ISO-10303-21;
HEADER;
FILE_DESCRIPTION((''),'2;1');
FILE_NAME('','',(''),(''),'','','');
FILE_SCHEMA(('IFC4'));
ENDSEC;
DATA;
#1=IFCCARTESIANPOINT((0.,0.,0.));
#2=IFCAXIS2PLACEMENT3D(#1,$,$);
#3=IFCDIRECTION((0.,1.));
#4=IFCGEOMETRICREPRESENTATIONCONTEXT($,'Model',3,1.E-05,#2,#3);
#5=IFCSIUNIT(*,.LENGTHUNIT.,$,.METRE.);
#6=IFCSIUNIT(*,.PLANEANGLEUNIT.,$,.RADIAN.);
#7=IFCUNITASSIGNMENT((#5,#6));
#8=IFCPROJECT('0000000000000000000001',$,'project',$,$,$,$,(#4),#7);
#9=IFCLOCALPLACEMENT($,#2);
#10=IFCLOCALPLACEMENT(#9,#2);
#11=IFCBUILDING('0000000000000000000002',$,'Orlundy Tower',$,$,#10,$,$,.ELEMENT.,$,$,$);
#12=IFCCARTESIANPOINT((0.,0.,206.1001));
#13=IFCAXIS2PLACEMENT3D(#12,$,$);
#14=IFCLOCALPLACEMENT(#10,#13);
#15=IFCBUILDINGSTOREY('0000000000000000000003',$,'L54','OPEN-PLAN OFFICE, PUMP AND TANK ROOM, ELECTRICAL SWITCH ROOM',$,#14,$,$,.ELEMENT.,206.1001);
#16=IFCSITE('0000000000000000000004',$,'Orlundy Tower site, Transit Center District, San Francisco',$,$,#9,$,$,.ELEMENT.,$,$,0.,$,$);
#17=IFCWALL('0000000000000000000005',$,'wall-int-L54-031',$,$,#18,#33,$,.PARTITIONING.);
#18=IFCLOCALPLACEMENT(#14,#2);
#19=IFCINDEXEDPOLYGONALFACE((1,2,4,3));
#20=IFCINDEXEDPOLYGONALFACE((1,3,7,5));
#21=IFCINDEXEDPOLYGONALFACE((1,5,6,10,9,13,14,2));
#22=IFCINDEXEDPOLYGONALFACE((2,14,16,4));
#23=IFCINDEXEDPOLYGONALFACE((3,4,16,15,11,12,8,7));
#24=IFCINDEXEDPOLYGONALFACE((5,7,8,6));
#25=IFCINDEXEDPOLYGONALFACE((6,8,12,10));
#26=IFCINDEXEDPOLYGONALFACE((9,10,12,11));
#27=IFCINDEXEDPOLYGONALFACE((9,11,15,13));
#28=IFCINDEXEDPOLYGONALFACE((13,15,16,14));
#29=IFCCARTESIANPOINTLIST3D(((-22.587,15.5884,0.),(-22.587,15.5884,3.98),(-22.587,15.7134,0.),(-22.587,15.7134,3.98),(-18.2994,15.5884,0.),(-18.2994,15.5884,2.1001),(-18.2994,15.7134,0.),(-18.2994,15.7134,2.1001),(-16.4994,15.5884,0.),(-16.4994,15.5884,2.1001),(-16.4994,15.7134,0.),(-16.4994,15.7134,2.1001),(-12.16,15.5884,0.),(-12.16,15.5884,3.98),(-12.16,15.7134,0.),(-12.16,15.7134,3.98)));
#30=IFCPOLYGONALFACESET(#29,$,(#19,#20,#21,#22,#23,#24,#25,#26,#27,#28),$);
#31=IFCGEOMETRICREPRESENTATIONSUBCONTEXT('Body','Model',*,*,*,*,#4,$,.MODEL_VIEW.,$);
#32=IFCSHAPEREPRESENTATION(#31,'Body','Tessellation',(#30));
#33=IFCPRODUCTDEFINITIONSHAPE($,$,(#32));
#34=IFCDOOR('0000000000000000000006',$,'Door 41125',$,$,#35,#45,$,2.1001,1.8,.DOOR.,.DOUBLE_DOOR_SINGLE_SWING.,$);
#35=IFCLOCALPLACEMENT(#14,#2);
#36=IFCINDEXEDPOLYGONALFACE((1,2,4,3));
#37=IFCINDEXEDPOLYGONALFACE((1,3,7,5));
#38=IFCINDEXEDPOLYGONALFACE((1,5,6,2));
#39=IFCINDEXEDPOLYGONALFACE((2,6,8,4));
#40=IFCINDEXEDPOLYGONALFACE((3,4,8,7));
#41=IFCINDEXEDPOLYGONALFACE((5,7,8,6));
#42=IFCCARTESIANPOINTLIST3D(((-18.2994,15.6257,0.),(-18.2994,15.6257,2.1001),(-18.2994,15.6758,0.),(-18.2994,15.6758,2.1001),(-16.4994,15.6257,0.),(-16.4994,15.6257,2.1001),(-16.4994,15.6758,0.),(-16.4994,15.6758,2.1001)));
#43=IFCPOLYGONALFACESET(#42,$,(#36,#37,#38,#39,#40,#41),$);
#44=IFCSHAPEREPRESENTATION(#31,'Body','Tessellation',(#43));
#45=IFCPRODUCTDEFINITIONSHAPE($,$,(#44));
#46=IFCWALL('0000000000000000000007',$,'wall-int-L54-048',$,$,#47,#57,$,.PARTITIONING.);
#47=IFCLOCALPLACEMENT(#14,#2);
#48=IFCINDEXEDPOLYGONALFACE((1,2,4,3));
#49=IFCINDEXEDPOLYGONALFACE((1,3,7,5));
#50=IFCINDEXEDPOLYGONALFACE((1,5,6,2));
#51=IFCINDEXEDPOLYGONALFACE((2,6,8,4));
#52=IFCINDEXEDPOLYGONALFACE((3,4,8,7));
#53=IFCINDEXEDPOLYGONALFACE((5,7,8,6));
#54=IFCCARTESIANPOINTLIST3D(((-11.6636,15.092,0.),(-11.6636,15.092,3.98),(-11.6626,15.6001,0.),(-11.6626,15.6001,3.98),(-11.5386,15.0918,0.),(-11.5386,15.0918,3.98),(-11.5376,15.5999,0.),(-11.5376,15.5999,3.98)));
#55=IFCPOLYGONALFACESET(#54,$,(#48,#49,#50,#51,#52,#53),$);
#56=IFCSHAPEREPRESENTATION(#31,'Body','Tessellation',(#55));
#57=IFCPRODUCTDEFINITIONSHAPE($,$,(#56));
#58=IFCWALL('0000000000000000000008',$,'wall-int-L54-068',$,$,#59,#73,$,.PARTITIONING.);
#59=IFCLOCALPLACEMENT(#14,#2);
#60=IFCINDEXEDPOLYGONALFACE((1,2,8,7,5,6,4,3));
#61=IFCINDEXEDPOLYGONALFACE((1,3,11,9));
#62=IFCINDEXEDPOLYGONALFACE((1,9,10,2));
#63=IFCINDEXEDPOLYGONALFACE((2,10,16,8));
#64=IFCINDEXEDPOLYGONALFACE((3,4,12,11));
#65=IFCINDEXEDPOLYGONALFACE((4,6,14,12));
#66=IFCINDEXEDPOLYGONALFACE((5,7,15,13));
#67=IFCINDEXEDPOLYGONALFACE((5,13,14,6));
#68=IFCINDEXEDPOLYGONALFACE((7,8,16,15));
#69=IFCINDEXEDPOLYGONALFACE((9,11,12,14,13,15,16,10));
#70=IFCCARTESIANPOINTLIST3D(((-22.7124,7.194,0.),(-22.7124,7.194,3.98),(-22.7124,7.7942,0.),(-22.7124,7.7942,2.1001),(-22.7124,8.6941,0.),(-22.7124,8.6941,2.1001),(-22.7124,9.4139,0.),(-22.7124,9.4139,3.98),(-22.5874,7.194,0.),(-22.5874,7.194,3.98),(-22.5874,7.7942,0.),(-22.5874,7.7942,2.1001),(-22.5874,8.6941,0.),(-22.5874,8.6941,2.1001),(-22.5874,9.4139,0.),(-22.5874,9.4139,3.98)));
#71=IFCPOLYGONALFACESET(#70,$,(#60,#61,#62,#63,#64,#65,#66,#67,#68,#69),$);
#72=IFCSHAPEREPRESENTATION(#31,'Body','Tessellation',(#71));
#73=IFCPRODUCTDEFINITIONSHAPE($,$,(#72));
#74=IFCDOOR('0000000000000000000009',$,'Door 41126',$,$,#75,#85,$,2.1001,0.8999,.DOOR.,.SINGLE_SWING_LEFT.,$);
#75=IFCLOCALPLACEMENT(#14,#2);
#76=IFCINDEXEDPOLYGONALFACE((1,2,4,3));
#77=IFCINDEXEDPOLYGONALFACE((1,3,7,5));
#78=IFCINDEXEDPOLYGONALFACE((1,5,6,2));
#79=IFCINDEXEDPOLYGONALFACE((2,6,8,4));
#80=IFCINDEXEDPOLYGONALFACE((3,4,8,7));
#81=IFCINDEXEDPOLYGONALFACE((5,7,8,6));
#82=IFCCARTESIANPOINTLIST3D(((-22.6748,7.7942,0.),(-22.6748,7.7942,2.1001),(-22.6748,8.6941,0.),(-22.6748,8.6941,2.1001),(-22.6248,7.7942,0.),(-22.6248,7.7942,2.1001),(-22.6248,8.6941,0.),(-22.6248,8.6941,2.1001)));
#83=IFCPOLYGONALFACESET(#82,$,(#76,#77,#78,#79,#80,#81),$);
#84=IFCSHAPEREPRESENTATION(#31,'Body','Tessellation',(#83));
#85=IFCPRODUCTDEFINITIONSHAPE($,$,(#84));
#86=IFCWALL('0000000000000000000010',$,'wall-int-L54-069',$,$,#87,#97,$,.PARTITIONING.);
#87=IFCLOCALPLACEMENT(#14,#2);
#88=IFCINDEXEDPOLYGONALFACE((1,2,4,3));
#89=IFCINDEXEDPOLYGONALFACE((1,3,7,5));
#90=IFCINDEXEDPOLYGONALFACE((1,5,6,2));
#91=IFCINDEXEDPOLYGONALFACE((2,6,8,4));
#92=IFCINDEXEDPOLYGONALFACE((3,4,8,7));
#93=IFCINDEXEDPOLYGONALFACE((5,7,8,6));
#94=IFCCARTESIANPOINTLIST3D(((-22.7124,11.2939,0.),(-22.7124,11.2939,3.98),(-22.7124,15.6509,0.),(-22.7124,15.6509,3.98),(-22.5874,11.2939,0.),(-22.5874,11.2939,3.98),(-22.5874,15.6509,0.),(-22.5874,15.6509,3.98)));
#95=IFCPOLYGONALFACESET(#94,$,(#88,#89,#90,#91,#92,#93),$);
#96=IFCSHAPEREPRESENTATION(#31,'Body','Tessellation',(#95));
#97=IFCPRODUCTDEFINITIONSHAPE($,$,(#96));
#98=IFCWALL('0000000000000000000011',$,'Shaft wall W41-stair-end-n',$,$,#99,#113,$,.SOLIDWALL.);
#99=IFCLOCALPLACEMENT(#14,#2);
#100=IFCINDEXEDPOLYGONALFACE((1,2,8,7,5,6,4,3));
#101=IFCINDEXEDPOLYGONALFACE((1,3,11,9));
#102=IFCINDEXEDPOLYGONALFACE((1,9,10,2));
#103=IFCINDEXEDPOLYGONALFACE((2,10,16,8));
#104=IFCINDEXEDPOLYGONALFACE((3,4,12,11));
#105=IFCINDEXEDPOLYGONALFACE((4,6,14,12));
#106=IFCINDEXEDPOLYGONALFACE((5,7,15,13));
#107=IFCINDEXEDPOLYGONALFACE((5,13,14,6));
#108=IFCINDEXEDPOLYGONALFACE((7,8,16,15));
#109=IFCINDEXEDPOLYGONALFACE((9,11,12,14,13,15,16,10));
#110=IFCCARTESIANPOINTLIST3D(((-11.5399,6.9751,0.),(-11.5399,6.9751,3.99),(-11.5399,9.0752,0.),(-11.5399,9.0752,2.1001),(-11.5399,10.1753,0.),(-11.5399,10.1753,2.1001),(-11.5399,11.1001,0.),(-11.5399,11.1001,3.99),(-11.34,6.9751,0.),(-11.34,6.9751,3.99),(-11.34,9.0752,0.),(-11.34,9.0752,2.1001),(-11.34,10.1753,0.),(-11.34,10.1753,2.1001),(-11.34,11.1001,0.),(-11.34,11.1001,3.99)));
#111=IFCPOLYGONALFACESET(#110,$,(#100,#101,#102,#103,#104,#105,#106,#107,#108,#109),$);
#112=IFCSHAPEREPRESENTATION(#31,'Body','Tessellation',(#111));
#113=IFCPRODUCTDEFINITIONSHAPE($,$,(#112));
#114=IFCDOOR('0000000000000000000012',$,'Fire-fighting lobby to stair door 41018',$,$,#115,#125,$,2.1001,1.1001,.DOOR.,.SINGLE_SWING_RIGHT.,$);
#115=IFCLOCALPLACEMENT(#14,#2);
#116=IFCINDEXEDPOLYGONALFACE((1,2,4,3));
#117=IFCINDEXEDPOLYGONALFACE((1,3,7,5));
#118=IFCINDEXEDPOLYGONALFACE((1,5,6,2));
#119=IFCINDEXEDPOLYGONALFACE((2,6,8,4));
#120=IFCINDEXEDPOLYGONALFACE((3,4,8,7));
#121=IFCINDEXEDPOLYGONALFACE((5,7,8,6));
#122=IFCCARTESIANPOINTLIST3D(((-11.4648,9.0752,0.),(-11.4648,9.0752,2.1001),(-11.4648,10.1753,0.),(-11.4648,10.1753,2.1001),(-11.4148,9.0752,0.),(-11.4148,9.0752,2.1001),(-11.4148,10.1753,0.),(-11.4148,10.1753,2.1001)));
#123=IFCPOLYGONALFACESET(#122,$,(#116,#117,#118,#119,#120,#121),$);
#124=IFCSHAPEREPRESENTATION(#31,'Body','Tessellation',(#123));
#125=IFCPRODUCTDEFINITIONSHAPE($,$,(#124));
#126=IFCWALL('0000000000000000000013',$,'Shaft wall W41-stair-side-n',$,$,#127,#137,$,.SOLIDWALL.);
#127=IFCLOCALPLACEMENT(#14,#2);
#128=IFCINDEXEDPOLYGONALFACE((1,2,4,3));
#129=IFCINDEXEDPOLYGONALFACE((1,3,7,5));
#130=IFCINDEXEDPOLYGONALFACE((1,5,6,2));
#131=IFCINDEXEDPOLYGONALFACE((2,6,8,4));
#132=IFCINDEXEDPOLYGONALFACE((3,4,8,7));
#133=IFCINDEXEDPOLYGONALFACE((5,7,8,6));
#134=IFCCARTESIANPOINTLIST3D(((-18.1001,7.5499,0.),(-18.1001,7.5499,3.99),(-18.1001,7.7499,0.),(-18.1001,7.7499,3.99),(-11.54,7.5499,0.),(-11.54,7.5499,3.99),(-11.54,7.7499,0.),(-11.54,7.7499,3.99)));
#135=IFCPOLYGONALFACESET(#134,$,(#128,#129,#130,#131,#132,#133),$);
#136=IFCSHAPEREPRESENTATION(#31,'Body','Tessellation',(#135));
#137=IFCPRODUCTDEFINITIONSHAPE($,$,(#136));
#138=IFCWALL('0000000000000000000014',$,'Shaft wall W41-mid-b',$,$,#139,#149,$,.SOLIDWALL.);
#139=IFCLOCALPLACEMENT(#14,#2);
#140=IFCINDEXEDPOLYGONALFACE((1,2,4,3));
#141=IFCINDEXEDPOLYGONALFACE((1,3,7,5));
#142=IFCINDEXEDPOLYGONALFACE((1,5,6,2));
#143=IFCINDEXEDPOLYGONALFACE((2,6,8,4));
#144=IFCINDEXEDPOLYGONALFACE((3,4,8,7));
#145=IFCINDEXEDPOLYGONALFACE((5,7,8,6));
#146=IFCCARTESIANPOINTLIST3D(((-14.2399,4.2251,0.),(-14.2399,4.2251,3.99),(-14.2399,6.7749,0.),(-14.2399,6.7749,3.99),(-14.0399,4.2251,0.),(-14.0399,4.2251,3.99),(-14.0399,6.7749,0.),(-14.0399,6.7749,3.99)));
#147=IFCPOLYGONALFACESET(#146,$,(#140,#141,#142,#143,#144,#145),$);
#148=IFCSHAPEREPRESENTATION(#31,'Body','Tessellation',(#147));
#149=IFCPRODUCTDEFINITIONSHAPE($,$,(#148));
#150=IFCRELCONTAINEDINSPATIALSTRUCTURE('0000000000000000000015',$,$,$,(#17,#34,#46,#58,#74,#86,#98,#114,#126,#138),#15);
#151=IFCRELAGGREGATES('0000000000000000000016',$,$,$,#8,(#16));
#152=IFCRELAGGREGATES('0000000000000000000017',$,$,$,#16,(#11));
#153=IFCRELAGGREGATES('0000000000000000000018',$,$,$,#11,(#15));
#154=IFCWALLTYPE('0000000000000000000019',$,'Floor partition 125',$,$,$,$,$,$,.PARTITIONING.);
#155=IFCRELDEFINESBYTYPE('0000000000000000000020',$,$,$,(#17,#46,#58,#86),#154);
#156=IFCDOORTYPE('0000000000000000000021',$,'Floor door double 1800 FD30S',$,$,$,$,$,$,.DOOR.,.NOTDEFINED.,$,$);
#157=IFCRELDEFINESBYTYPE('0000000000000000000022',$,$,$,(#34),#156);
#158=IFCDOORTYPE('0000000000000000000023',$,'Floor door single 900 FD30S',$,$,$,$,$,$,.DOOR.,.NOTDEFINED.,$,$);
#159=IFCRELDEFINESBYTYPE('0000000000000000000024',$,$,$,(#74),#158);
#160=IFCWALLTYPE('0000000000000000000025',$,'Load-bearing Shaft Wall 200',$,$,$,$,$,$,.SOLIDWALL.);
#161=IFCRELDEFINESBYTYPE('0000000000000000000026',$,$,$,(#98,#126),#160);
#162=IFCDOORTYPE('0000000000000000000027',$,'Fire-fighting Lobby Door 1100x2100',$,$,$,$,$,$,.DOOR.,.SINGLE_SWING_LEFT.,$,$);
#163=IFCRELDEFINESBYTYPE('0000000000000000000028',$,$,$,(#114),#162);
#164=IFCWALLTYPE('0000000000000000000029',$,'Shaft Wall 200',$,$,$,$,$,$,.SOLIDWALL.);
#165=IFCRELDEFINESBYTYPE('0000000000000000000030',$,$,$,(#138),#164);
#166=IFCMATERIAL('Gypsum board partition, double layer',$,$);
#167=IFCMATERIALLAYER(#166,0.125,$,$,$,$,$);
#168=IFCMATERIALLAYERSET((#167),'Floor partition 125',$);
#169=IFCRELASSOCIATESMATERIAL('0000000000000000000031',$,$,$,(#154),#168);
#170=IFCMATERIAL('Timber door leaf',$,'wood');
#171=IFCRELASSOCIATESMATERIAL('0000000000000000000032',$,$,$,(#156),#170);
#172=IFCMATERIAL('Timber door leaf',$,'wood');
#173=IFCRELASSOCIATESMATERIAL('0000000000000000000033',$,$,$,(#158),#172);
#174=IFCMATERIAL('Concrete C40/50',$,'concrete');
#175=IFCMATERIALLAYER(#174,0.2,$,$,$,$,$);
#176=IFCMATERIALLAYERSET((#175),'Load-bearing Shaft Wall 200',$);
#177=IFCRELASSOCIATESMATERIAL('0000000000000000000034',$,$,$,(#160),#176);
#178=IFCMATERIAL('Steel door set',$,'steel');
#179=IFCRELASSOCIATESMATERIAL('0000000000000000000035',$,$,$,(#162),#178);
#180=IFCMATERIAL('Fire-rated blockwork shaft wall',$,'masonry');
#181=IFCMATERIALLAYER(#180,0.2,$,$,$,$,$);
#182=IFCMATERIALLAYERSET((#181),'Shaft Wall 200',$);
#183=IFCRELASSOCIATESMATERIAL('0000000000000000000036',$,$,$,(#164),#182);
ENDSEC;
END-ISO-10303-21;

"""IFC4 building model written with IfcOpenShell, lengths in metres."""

from ifc_helpers import new_model, si_unit, direction, frame, frame_2d, origin, place, context, subcontext, project, spatial, rectangle, extrude, material, layer, layer_set, type_object, element, fill, save


model = new_model("IFC4")

# Units and contexts
model_context = context("Model", 3, precision=1e-05, world=origin(), true_north=direction((0.0, 1.0)))
body_context = subcontext(model_context, "Body", "Model", "MODEL_VIEW")
ifc_project = project(units=[si_unit("LENGTHUNIT", "METRE"), si_unit("PLANEANGLEUNIT", "RADIAN")], contexts=[model_context])

# Site, building, storey
site_placement = place(None, origin())
site = spatial("IfcSite", under=ifc_project, at=site_placement, Name="Orlundy Tower site, Transit Center District, San Francisco", CompositionType="ELEMENT", RefElevation=0.0)
building_placement = place(site_placement, origin())
building = spatial("IfcBuilding", under=site, at=building_placement, Name="Orlundy Tower", CompositionType="ELEMENT")
storey_placement = place(building_placement, frame((0.0, 0.0, 206.1001)))
storey = spatial("IfcBuildingStorey", under=building, at=storey_placement, Name="L54", Description="OPEN-PLAN OFFICE, PUMP AND TANK ROOM, ELECTRICAL SWITCH ROOM", CompositionType="ELEMENT", Elevation=206.1001)

# Shared definitions
ifc_material_1 = material(Name="Gypsum board partition, double layer")
ifc_layer_1 = layer(ifc_material_1, 0.125)
ifc_layer_set_1 = layer_set([ifc_layer_1], Name="Floor partition 125")
wall_type_1 = type_object("IfcWallType", Name="Floor partition 125", PredefinedType="PARTITIONING", material=ifc_layer_set_1)

# Shared definitions
ifc_material_2 = material(Name="Timber door leaf", Category="wood")
door_type_1 = type_object("IfcDoorType", Name="Floor door double 1800 FD30S", OperationType="NOTDEFINED", PredefinedType="DOOR", material=ifc_material_2)

# Wall, opening, door
wall_1_placement = place(storey_placement, frame((-22.5869, 15.6509, 0.0), z_axis=(0.0, 0.0, 1.0), x_axis=(1.0, 0.0, 0.0)))
wall_1 = element("IfcWall", 1, at=wall_1_placement, inside=storey, type_object=wall_type_1, Name="wall-int-L54-031", PredefinedType="PARTITIONING", context=body_context, shape_type="SweptSolid", body=[
    extrude(rectangle(XDim=10.427, YDim=0.125, at=frame_2d((5.2134, 0.0))), origin(), (0.0, 0.0, 1.0), 3.98),
])
opening_1_placement = place(wall_1_placement, frame((4.2876, 0.0, 0.0)))
opening_1 = element("IfcOpeningElement", 2, at=opening_1_placement, cuts=wall_1, PredefinedType="OPENING", context=body_context, shape_type="SweptSolid", body=[
    extrude(rectangle(XDim=1.8, YDim=2.1001, at=frame_2d((0.8999, 1.05))), frame((0.0, 0.0725, 0.0), z_axis=(0.0, -1.0, 0.0), x_axis=(1.0, 0.0, 0.0)), (0.0, 0.0, 1.0), 0.145),
])
door_1_placement = place(opening_1_placement, origin())
door_1 = element("IfcDoor", 3, at=door_1_placement, inside=storey, type_object=door_type_1, Name="Door 41125", OperationType="DOUBLE_DOOR_SINGLE_SWING", OverallHeight=2.1001, OverallWidth=1.8, PredefinedType="DOOR", context=body_context, shape_type="SweptSolid", body=[
    extrude(rectangle(XDim=1.8, YDim=2.1001, at=frame_2d((0.8999, 1.05))), frame((0.0, 0.0249, 0.0), z_axis=(0.0, -1.0, 0.0), x_axis=(1.0, 0.0, 0.0)), (0.0, 0.0, 1.0), 0.05),
])
fill(opening_1, door_1)

# Wall
wall_2_placement = place(storey_placement, frame((-11.6011, 15.092, 0.0), z_axis=(0.0, 0.0, 1.0), x_axis=(0.001922, 0.999998, 0.0)))
element("IfcWall", 4, at=wall_2_placement, inside=storey, type_object=wall_type_1, Name="wall-int-L54-048", PredefinedType="PARTITIONING", context=body_context, shape_type="SweptSolid", body=[
    extrude(rectangle(XDim=0.5081, YDim=0.125, at=frame_2d((0.2539, 0.0))), origin(), (0.0, 0.0, 1.0), 3.98),
])

# Wall, opening, door
wall_3_placement = place(storey_placement, frame((-22.6499, 7.1941, 0.0), z_axis=(0.0, 0.0, 1.0), x_axis=(0.0, 1.0, 0.0)))
wall_3 = element("IfcWall", 5, at=wall_3_placement, inside=storey, type_object=wall_type_1, Name="wall-int-L54-068", PredefinedType="PARTITIONING", context=body_context, shape_type="SweptSolid", body=[
    extrude(rectangle(XDim=2.22, YDim=0.125, at=frame_2d((1.1099, 0.0))), origin(), (0.0, 0.0, 1.0), 3.98),
])
opening_2_placement = place(wall_3_placement, frame((0.6001, 0.0, 0.0)))
opening_2 = element("IfcOpeningElement", 6, at=opening_2_placement, cuts=wall_3, PredefinedType="OPENING", context=body_context, shape_type="SweptSolid", body=[
    extrude(rectangle(XDim=0.8999, YDim=2.1001, at=frame_2d((0.45, 1.05))), frame((0.0, 0.0725, 0.0), z_axis=(0.0, -1.0, 0.0), x_axis=(1.0, 0.0, 0.0)), (0.0, 0.0, 1.0), 0.145),
])
ifc_material_3 = material(Name="Timber door leaf", Category="wood")
door_type_2 = type_object("IfcDoorType", Name="Floor door single 900 FD30S", OperationType="NOTDEFINED", PredefinedType="DOOR", material=ifc_material_3)
door_2_placement = place(opening_2_placement, origin())
door_2 = element("IfcDoor", 7, at=door_2_placement, inside=storey, type_object=door_type_2, Name="Door 41126", OperationType="SINGLE_SWING_LEFT", OverallHeight=2.1001, OverallWidth=0.8999, PredefinedType="DOOR", context=body_context, shape_type="SweptSolid", body=[
    extrude(rectangle(XDim=0.8999, YDim=2.1001, at=frame_2d((0.45, 1.05))), frame((0.0, 0.0249, 0.0), z_axis=(0.0, -1.0, 0.0), x_axis=(1.0, 0.0, 0.0)), (0.0, 0.0, 1.0), 0.05),
])
fill(opening_2, door_2)

# Wall
wall_4_placement = place(storey_placement, frame((-22.6499, 11.2939, 0.0), z_axis=(0.0, 0.0, 1.0), x_axis=(0.0, 1.0, 0.0)))
element("IfcWall", 8, at=wall_4_placement, inside=storey, type_object=wall_type_1, Name="wall-int-L54-069", PredefinedType="PARTITIONING", context=body_context, shape_type="SweptSolid", body=[
    extrude(rectangle(XDim=4.3569, YDim=0.125, at=frame_2d((2.1785, 0.0))), origin(), (0.0, 0.0, 1.0), 3.98),
])

# Wall, opening, door
ifc_material_4 = material(Name="Concrete C40/50", Category="concrete")
ifc_layer_2 = layer(ifc_material_4, 0.2)
ifc_layer_set_2 = layer_set([ifc_layer_2], Name="Load-bearing Shaft Wall 200")
wall_type_2 = type_object("IfcWallType", Name="Load-bearing Shaft Wall 200", PredefinedType="SOLIDWALL", material=ifc_layer_set_2)
wall_5_placement = place(storey_placement, frame((-11.4399, 6.9751, 0.0), z_axis=(0.0, 0.0, 1.0), x_axis=(0.0, 1.0, 0.0)))
wall_5 = element("IfcWall", 9, at=wall_5_placement, inside=storey, type_object=wall_type_2, Name="Shaft wall W41-stair-end-n", PredefinedType="SOLIDWALL", context=body_context, shape_type="SweptSolid", body=[
    extrude(rectangle(XDim=4.125, YDim=0.2, at=frame_2d((2.0625, 0.0))), origin(), (0.0, 0.0, 1.0), 3.99),
])
opening_3_placement = place(wall_5_placement, frame((2.1001, 0.0, 0.0)))
opening_3 = element("IfcOpeningElement", 10, at=opening_3_placement, cuts=wall_5, PredefinedType="OPENING", context=body_context, shape_type="SweptSolid", body=[
    extrude(rectangle(XDim=1.1001, YDim=2.1001, at=frame_2d((0.55, 1.05))), frame((0.0, 0.1101, 0.0), z_axis=(0.0, -1.0, 0.0), x_axis=(1.0, 0.0, 0.0)), (0.0, 0.0, 1.0), 0.2202),
])
ifc_material_5 = material(Name="Steel door set", Category="steel")
door_type_3 = type_object("IfcDoorType", Name="Fire-fighting Lobby Door 1100x2100", OperationType="SINGLE_SWING_LEFT", PredefinedType="DOOR", material=ifc_material_5)
door_3_placement = place(opening_3_placement, origin())
door_3 = element("IfcDoor", 11, at=door_3_placement, inside=storey, type_object=door_type_3, Name="Fire-fighting lobby to stair door 41018", OperationType="SINGLE_SWING_RIGHT", OverallHeight=2.1001, OverallWidth=1.1001, PredefinedType="DOOR", context=body_context, shape_type="SweptSolid", body=[
    extrude(rectangle(XDim=1.1001, YDim=2.1001, at=frame_2d((0.55, 1.05))), frame((0.0, 0.0249, 0.0), z_axis=(0.0, -1.0, 0.0), x_axis=(1.0, 0.0, 0.0)), (0.0, 0.0, 1.0), 0.05),
])
fill(opening_3, door_3)

# Walls
wall_6_placement = place(storey_placement, frame((-11.54, 7.6499, 0.0), z_axis=(0.0, 0.0, 1.0), x_axis=(-1.0, 0.0, 0.0)))
element("IfcWall", 12, at=wall_6_placement, inside=storey, type_object=wall_type_2, Name="Shaft wall W41-stair-side-n", PredefinedType="SOLIDWALL", context=body_context, shape_type="SweptSolid", body=[
    extrude(rectangle(XDim=6.5601, YDim=0.2, at=frame_2d((3.28, 0.0))), origin(), (0.0, 0.0, 1.0), 3.99),
])
ifc_material_6 = material(Name="Fire-rated blockwork shaft wall", Category="masonry")
ifc_layer_3 = layer(ifc_material_6, 0.2)
ifc_layer_set_3 = layer_set([ifc_layer_3], Name="Shaft Wall 200")
wall_type_3 = type_object("IfcWallType", Name="Shaft Wall 200", PredefinedType="SOLIDWALL", material=ifc_layer_set_3)
wall_7_placement = place(storey_placement, frame((-14.1399, 4.2251, 0.0), z_axis=(0.0, 0.0, 1.0), x_axis=(0.0, 1.0, 0.0)))
element("IfcWall", 13, at=wall_7_placement, inside=storey, type_object=wall_type_3, Name="Shaft wall W41-mid-b", PredefinedType="SOLIDWALL", context=body_context, shape_type="SweptSolid", body=[
    extrude(rectangle(XDim=2.5498, YDim=0.2, at=frame_2d((1.2749, 0.0))), origin(), (0.0, 0.0, 1.0), 3.99),
])

save(model, "model.ifc")
